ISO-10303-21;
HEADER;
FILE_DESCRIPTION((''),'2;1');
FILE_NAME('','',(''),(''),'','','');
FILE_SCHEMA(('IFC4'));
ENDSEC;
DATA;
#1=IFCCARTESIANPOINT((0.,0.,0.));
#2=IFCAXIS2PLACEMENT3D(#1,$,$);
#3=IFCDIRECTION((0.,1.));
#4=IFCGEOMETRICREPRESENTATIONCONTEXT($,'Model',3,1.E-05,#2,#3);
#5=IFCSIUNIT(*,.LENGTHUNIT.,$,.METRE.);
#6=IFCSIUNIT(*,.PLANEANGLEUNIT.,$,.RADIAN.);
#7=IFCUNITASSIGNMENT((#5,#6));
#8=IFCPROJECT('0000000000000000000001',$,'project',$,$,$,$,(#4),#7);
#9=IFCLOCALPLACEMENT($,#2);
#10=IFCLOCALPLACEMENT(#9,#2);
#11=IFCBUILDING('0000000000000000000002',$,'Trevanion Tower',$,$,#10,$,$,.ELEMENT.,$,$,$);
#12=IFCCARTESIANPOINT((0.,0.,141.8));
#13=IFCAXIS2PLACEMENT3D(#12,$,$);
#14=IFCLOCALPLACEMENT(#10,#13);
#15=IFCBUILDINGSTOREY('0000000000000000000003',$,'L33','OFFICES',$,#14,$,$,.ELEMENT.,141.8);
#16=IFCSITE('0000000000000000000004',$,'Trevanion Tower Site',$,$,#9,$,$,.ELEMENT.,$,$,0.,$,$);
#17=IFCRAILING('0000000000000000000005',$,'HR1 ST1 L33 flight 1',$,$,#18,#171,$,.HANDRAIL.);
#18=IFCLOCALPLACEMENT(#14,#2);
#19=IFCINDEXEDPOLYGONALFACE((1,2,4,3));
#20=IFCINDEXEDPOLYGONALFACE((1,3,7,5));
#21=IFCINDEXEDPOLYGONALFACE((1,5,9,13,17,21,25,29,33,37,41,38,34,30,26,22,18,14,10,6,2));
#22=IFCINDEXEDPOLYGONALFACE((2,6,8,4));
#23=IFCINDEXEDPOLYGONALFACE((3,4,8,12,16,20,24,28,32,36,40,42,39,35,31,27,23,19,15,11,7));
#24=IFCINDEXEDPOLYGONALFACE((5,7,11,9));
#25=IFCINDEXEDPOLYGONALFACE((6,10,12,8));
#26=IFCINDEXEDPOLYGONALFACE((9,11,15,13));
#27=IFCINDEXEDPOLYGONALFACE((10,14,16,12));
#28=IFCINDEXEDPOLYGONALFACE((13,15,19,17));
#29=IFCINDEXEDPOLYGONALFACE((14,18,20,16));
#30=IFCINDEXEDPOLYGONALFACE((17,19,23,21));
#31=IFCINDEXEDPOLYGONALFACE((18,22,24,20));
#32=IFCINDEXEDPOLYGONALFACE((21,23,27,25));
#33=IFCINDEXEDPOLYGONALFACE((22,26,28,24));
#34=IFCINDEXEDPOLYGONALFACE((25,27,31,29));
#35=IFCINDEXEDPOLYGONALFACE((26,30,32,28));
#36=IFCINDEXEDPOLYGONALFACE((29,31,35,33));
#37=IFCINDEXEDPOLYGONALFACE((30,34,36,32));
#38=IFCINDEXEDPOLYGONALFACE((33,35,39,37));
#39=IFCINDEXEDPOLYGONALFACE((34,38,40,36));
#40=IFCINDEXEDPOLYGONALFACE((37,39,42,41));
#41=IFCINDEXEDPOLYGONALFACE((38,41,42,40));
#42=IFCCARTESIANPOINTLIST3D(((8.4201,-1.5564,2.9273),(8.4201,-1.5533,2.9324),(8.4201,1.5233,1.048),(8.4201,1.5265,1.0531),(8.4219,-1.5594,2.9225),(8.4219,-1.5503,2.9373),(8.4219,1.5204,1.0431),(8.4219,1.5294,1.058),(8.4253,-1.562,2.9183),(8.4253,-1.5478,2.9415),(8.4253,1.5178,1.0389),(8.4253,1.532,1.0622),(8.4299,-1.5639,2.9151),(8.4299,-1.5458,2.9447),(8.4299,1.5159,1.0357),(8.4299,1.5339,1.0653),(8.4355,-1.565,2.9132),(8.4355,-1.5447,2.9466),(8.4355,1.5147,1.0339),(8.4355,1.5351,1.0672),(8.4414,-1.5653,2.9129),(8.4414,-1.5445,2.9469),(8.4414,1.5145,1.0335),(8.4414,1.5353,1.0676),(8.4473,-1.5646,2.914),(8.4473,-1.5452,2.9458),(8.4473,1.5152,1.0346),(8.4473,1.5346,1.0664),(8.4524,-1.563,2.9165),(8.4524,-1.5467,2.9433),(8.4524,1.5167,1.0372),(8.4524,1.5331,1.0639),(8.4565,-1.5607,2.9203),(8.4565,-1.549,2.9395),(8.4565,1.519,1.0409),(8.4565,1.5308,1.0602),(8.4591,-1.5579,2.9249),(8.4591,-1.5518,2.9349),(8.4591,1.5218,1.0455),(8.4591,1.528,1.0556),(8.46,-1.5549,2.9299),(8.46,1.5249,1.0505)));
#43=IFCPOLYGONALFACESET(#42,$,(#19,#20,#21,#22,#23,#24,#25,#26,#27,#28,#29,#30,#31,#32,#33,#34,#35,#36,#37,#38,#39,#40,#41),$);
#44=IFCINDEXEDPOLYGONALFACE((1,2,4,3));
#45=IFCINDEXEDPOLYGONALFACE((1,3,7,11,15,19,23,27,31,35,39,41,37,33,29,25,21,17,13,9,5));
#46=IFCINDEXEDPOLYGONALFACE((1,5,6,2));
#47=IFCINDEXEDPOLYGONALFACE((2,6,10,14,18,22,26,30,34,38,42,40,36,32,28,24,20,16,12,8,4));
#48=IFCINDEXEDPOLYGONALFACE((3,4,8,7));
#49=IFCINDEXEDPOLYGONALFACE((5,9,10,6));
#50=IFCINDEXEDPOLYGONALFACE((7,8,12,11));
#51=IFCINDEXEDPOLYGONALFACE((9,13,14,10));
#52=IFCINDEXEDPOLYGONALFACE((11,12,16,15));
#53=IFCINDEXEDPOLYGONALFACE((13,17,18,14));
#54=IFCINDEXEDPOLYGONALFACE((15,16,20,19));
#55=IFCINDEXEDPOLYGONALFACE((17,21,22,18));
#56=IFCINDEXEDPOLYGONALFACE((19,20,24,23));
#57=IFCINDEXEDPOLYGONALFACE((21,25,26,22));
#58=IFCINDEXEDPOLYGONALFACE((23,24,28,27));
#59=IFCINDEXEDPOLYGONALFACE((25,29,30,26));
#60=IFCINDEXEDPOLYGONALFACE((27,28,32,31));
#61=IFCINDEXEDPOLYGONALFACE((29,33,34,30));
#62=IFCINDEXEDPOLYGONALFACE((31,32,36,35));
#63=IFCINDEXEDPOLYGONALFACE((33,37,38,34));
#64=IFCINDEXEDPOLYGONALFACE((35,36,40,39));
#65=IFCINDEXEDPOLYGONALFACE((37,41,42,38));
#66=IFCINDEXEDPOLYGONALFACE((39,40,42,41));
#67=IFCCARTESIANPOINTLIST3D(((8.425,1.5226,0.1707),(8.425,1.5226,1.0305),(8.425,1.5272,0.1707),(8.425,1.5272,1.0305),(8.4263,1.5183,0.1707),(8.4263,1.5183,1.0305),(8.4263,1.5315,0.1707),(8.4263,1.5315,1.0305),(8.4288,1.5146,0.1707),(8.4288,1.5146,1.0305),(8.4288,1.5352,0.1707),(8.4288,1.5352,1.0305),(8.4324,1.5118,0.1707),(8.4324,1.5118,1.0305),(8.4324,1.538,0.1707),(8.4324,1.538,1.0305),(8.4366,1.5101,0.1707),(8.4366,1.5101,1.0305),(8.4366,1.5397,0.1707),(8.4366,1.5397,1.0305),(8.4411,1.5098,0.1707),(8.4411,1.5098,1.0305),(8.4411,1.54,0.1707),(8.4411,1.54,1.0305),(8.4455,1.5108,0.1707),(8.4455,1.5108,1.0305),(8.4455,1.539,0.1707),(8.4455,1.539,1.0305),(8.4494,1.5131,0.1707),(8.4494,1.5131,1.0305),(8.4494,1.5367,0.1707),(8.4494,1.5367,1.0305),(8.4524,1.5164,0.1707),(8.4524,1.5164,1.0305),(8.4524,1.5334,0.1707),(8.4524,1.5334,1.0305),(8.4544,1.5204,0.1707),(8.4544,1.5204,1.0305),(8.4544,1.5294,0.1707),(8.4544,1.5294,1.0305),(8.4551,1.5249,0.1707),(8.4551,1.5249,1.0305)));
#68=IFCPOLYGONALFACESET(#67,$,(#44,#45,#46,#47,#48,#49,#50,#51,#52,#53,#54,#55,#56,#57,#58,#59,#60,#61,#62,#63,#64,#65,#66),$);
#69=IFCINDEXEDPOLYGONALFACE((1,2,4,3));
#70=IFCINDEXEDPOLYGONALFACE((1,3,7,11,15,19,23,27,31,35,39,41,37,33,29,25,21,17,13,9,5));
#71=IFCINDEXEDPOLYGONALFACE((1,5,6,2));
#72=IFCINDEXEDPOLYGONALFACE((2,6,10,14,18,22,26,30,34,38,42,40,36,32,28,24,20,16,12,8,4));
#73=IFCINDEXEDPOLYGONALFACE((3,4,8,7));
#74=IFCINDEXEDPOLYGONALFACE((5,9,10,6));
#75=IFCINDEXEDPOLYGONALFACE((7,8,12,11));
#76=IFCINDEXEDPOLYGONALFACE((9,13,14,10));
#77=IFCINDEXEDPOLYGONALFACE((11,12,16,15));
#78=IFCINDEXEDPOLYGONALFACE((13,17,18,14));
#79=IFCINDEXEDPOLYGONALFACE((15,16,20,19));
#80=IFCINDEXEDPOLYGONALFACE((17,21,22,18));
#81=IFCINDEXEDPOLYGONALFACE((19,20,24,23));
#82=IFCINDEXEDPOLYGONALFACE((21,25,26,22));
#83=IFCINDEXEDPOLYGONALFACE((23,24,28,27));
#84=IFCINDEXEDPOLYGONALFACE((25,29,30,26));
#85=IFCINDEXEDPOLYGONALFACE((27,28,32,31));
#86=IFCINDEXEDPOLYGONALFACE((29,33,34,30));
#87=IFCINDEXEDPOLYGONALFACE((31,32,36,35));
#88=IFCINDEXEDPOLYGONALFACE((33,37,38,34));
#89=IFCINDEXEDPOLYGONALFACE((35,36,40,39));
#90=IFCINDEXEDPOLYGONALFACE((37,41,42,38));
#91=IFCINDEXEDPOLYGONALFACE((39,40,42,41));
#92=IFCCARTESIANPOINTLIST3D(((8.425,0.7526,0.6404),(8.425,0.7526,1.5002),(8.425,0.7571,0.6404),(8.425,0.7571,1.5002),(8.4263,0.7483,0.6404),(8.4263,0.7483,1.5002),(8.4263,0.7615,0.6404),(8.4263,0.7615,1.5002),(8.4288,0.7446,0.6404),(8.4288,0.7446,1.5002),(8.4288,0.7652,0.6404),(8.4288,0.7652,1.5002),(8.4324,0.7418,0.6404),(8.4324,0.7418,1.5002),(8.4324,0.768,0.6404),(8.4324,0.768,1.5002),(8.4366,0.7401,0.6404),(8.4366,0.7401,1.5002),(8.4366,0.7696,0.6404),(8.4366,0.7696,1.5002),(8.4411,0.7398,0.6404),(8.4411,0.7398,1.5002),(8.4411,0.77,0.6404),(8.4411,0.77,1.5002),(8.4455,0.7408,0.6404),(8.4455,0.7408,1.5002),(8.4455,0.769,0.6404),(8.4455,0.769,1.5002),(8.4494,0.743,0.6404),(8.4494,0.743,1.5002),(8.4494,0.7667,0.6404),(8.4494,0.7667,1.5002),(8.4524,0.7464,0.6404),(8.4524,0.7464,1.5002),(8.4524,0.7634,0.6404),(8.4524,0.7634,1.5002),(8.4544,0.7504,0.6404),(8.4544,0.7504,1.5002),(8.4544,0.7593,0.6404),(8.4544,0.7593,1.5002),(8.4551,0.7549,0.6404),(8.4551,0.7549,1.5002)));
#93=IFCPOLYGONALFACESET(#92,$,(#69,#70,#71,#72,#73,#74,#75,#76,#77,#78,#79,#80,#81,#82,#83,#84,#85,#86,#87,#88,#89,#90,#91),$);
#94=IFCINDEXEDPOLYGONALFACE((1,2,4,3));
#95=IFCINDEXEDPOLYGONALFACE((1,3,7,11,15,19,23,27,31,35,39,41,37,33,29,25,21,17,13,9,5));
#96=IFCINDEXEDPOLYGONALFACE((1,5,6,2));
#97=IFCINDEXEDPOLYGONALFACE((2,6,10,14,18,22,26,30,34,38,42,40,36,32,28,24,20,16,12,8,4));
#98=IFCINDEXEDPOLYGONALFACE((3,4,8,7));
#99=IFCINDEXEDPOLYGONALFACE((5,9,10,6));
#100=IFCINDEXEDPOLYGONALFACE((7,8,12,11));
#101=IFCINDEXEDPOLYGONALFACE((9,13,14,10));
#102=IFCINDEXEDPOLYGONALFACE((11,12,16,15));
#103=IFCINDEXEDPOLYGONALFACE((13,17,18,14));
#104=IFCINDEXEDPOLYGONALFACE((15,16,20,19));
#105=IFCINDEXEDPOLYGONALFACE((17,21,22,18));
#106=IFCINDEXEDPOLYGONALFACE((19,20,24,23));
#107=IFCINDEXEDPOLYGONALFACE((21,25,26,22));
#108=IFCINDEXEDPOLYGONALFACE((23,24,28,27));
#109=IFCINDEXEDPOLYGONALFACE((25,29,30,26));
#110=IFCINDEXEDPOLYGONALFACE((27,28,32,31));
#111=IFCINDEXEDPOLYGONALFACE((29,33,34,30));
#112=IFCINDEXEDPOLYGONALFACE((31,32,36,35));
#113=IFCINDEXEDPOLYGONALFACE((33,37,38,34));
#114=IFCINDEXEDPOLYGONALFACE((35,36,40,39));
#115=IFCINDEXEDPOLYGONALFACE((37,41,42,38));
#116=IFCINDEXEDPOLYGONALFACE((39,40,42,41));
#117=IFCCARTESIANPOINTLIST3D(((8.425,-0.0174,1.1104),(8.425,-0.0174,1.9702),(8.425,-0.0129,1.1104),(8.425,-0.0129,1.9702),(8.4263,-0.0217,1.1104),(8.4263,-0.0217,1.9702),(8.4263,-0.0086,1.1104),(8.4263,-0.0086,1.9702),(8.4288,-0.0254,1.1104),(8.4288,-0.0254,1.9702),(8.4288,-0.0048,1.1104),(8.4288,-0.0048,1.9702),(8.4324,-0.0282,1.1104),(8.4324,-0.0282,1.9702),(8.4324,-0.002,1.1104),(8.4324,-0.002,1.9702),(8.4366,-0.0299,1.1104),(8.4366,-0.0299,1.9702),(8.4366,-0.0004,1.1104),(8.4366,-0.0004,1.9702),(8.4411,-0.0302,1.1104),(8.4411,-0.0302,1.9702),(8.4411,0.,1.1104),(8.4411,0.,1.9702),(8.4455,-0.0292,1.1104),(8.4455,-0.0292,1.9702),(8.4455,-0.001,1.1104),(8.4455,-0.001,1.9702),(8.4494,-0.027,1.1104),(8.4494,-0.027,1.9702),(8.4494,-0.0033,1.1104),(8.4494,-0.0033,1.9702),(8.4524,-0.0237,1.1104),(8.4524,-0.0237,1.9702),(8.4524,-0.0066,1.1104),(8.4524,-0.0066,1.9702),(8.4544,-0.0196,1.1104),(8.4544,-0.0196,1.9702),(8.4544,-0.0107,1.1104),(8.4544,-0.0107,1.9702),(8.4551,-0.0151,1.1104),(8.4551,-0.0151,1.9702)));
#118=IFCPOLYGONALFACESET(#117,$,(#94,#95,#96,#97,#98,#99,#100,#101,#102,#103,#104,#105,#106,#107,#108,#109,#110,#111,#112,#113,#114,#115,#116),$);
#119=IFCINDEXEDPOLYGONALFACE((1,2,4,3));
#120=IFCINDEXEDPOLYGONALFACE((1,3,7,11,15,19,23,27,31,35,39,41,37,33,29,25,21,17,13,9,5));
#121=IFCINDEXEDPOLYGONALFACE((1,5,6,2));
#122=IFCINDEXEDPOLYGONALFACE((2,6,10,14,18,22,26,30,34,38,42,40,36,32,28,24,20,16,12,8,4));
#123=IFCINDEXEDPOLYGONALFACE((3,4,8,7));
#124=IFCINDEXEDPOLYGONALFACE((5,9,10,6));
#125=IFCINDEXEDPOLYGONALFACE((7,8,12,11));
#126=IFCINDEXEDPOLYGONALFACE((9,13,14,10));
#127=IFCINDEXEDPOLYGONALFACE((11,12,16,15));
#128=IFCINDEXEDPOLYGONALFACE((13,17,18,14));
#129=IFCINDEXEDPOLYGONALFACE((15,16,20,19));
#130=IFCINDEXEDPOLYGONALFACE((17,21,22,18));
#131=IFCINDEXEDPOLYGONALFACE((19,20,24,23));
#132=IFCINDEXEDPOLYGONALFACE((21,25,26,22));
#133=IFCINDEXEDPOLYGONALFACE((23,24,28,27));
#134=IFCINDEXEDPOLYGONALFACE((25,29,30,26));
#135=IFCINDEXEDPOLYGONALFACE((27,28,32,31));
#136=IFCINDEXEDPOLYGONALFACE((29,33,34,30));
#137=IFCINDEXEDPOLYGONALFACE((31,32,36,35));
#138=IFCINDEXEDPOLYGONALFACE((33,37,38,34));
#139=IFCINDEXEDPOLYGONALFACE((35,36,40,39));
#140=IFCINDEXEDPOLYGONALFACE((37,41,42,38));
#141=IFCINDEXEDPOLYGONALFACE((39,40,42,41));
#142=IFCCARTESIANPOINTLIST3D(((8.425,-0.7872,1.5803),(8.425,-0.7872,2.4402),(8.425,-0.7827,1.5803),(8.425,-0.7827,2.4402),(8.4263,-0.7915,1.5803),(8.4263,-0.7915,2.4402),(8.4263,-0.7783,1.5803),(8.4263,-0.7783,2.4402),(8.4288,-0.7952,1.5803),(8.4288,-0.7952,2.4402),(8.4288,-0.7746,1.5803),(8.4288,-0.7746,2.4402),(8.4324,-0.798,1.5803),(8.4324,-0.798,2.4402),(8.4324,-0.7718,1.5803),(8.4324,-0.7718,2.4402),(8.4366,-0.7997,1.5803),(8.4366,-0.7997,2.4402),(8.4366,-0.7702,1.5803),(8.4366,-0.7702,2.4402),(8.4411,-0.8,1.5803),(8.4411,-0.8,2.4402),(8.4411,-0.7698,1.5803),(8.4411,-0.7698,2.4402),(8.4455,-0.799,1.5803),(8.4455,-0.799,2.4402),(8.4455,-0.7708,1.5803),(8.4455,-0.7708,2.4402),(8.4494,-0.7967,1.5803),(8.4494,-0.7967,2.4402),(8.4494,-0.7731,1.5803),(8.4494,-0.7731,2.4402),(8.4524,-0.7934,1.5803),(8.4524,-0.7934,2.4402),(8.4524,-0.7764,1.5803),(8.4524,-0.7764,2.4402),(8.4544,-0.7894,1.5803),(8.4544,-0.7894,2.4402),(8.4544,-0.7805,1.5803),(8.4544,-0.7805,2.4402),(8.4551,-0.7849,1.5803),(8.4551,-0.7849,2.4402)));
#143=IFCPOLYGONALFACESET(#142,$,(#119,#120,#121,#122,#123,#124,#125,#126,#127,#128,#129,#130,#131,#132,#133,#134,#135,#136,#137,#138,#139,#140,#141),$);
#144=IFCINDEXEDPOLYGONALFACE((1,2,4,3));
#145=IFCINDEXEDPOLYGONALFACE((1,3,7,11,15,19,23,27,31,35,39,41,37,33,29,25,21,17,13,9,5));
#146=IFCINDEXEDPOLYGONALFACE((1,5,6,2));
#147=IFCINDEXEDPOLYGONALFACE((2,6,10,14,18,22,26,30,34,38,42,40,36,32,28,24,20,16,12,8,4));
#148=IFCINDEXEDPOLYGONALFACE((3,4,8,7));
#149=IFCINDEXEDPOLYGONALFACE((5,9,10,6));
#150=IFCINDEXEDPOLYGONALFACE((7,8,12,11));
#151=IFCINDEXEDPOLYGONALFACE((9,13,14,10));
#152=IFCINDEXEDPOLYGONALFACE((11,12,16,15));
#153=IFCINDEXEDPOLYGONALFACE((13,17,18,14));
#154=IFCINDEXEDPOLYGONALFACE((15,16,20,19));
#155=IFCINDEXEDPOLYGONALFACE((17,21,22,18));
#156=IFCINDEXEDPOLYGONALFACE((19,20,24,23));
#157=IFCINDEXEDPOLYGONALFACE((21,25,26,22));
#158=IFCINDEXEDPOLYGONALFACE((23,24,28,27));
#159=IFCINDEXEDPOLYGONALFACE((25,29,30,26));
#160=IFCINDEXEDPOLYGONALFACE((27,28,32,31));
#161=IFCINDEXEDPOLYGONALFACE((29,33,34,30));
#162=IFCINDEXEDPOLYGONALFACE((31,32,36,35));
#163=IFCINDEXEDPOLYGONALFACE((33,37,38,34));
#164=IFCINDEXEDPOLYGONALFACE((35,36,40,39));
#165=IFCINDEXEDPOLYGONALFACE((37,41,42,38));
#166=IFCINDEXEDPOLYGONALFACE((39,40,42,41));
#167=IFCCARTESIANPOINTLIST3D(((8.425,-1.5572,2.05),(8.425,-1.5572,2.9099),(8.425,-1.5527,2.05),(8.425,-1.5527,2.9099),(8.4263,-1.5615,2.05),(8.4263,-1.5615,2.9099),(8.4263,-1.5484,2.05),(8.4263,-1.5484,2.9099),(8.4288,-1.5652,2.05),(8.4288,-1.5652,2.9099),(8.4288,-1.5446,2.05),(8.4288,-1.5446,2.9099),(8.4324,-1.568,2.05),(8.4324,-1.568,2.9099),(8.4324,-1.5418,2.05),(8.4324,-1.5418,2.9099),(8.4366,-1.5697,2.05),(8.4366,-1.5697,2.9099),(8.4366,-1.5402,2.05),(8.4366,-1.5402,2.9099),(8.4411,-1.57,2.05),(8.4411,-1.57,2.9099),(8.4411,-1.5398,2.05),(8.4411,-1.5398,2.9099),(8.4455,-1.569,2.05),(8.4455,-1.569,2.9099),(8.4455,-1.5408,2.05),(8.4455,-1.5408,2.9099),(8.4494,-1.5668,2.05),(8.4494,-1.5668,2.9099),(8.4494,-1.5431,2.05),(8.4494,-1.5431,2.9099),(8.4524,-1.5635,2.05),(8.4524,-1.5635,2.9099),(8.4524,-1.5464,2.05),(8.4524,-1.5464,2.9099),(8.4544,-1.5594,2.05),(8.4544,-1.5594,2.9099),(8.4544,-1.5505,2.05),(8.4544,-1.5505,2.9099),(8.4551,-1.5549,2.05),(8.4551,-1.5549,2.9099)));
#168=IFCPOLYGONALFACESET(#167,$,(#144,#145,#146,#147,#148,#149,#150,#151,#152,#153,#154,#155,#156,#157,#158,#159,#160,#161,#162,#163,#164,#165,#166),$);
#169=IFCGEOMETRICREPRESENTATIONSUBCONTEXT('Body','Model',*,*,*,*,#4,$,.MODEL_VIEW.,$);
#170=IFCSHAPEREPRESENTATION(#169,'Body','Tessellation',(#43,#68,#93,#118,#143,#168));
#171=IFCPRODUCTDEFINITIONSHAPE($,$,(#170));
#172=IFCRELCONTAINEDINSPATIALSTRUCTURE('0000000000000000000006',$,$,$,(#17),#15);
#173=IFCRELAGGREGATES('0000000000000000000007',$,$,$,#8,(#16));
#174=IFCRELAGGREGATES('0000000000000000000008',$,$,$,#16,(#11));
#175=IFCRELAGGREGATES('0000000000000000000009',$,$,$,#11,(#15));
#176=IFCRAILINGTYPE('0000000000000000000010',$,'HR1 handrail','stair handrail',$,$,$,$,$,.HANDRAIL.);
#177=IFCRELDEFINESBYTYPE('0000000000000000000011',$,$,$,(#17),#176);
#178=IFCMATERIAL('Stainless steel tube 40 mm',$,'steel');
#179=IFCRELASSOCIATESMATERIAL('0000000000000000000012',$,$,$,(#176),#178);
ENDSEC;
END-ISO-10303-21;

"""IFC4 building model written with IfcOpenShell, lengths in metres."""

from ifc_helpers import new_model, si_unit, direction, frame, origin, origin_2d, place, context, subcontext, project, spatial, circle, extrude, material, type_object, element, save


model = new_model("IFC4")

# Units and contexts
model_context = context("Model", 3, precision=1e-05, world=origin(), true_north=direction((0.0, 1.0)))
body_context = subcontext(model_context, "Body", "Model", "MODEL_VIEW")
ifc_project = project(units=[si_unit("LENGTHUNIT", "METRE"), si_unit("PLANEANGLEUNIT", "RADIAN")], contexts=[model_context])

# Site, building, storey
site_placement = place(None, origin())
site = spatial("IfcSite", under=ifc_project, at=site_placement, Name="Trevanion Tower Site", CompositionType="ELEMENT", RefElevation=0.0)
building_placement = place(site_placement, origin())
building = spatial("IfcBuilding", under=site, at=building_placement, Name="Trevanion Tower", CompositionType="ELEMENT")
storey_placement = place(building_placement, frame((0.0, 0.0, 141.8)))
storey = spatial("IfcBuildingStorey", under=building, at=storey_placement, Name="L33", Description="OFFICES", CompositionType="ELEMENT", Elevation=141.8)

# Railing
ifc_material_1 = material(Name="Stainless steel tube 40 mm", Category="steel")
railing_type = type_object("IfcRailingType", Name="HR1 handrail", Description="stair handrail", PredefinedType="HANDRAIL", material=ifc_material_1)
for number, where, name in (
    (1, (8.4399, 1.5249, 0.1707), "HR1 ST1 L33 flight 1"),
):
    element("IfcRailing", number, at=place(storey_placement, frame(where)), inside=storey, type_object=railing_type, Name=name, PredefinedType="HANDRAIL", context=body_context, shape_type="SweptSolid", body=[
        extrude(circle(Radius=0.02, at=origin_2d()), frame((0.0, 0.0, 0.8799), z_axis=(0.0, -0.853618, 0.5209), x_axis=(1.0, 0.0, 0.0)), (0.0, 0.0, 1.0), 3.6079),
        extrude(circle(Radius=0.0151, at=origin_2d()), origin(), (0.0, 0.0, 1.0), 0.8599),
        extrude(circle(Radius=0.0151, at=origin_2d()), frame((0.0, -0.77, 0.4697)), (0.0, 0.0, 1.0), 0.8599),
        extrude(circle(Radius=0.0151, at=origin_2d()), frame((0.0, -1.54, 0.9397)), (0.0, 0.0, 1.0), 0.8599),
        extrude(circle(Radius=0.0151, at=origin_2d()), frame((0.0, -2.3098, 1.4097)), (0.0, 0.0, 1.0), 0.8599),
        extrude(circle(Radius=0.0151, at=origin_2d()), frame((0.0, -3.0798, 1.8794)), (0.0, 0.0, 1.0), 0.8599),
    ])

save(model, "model.ifc")
